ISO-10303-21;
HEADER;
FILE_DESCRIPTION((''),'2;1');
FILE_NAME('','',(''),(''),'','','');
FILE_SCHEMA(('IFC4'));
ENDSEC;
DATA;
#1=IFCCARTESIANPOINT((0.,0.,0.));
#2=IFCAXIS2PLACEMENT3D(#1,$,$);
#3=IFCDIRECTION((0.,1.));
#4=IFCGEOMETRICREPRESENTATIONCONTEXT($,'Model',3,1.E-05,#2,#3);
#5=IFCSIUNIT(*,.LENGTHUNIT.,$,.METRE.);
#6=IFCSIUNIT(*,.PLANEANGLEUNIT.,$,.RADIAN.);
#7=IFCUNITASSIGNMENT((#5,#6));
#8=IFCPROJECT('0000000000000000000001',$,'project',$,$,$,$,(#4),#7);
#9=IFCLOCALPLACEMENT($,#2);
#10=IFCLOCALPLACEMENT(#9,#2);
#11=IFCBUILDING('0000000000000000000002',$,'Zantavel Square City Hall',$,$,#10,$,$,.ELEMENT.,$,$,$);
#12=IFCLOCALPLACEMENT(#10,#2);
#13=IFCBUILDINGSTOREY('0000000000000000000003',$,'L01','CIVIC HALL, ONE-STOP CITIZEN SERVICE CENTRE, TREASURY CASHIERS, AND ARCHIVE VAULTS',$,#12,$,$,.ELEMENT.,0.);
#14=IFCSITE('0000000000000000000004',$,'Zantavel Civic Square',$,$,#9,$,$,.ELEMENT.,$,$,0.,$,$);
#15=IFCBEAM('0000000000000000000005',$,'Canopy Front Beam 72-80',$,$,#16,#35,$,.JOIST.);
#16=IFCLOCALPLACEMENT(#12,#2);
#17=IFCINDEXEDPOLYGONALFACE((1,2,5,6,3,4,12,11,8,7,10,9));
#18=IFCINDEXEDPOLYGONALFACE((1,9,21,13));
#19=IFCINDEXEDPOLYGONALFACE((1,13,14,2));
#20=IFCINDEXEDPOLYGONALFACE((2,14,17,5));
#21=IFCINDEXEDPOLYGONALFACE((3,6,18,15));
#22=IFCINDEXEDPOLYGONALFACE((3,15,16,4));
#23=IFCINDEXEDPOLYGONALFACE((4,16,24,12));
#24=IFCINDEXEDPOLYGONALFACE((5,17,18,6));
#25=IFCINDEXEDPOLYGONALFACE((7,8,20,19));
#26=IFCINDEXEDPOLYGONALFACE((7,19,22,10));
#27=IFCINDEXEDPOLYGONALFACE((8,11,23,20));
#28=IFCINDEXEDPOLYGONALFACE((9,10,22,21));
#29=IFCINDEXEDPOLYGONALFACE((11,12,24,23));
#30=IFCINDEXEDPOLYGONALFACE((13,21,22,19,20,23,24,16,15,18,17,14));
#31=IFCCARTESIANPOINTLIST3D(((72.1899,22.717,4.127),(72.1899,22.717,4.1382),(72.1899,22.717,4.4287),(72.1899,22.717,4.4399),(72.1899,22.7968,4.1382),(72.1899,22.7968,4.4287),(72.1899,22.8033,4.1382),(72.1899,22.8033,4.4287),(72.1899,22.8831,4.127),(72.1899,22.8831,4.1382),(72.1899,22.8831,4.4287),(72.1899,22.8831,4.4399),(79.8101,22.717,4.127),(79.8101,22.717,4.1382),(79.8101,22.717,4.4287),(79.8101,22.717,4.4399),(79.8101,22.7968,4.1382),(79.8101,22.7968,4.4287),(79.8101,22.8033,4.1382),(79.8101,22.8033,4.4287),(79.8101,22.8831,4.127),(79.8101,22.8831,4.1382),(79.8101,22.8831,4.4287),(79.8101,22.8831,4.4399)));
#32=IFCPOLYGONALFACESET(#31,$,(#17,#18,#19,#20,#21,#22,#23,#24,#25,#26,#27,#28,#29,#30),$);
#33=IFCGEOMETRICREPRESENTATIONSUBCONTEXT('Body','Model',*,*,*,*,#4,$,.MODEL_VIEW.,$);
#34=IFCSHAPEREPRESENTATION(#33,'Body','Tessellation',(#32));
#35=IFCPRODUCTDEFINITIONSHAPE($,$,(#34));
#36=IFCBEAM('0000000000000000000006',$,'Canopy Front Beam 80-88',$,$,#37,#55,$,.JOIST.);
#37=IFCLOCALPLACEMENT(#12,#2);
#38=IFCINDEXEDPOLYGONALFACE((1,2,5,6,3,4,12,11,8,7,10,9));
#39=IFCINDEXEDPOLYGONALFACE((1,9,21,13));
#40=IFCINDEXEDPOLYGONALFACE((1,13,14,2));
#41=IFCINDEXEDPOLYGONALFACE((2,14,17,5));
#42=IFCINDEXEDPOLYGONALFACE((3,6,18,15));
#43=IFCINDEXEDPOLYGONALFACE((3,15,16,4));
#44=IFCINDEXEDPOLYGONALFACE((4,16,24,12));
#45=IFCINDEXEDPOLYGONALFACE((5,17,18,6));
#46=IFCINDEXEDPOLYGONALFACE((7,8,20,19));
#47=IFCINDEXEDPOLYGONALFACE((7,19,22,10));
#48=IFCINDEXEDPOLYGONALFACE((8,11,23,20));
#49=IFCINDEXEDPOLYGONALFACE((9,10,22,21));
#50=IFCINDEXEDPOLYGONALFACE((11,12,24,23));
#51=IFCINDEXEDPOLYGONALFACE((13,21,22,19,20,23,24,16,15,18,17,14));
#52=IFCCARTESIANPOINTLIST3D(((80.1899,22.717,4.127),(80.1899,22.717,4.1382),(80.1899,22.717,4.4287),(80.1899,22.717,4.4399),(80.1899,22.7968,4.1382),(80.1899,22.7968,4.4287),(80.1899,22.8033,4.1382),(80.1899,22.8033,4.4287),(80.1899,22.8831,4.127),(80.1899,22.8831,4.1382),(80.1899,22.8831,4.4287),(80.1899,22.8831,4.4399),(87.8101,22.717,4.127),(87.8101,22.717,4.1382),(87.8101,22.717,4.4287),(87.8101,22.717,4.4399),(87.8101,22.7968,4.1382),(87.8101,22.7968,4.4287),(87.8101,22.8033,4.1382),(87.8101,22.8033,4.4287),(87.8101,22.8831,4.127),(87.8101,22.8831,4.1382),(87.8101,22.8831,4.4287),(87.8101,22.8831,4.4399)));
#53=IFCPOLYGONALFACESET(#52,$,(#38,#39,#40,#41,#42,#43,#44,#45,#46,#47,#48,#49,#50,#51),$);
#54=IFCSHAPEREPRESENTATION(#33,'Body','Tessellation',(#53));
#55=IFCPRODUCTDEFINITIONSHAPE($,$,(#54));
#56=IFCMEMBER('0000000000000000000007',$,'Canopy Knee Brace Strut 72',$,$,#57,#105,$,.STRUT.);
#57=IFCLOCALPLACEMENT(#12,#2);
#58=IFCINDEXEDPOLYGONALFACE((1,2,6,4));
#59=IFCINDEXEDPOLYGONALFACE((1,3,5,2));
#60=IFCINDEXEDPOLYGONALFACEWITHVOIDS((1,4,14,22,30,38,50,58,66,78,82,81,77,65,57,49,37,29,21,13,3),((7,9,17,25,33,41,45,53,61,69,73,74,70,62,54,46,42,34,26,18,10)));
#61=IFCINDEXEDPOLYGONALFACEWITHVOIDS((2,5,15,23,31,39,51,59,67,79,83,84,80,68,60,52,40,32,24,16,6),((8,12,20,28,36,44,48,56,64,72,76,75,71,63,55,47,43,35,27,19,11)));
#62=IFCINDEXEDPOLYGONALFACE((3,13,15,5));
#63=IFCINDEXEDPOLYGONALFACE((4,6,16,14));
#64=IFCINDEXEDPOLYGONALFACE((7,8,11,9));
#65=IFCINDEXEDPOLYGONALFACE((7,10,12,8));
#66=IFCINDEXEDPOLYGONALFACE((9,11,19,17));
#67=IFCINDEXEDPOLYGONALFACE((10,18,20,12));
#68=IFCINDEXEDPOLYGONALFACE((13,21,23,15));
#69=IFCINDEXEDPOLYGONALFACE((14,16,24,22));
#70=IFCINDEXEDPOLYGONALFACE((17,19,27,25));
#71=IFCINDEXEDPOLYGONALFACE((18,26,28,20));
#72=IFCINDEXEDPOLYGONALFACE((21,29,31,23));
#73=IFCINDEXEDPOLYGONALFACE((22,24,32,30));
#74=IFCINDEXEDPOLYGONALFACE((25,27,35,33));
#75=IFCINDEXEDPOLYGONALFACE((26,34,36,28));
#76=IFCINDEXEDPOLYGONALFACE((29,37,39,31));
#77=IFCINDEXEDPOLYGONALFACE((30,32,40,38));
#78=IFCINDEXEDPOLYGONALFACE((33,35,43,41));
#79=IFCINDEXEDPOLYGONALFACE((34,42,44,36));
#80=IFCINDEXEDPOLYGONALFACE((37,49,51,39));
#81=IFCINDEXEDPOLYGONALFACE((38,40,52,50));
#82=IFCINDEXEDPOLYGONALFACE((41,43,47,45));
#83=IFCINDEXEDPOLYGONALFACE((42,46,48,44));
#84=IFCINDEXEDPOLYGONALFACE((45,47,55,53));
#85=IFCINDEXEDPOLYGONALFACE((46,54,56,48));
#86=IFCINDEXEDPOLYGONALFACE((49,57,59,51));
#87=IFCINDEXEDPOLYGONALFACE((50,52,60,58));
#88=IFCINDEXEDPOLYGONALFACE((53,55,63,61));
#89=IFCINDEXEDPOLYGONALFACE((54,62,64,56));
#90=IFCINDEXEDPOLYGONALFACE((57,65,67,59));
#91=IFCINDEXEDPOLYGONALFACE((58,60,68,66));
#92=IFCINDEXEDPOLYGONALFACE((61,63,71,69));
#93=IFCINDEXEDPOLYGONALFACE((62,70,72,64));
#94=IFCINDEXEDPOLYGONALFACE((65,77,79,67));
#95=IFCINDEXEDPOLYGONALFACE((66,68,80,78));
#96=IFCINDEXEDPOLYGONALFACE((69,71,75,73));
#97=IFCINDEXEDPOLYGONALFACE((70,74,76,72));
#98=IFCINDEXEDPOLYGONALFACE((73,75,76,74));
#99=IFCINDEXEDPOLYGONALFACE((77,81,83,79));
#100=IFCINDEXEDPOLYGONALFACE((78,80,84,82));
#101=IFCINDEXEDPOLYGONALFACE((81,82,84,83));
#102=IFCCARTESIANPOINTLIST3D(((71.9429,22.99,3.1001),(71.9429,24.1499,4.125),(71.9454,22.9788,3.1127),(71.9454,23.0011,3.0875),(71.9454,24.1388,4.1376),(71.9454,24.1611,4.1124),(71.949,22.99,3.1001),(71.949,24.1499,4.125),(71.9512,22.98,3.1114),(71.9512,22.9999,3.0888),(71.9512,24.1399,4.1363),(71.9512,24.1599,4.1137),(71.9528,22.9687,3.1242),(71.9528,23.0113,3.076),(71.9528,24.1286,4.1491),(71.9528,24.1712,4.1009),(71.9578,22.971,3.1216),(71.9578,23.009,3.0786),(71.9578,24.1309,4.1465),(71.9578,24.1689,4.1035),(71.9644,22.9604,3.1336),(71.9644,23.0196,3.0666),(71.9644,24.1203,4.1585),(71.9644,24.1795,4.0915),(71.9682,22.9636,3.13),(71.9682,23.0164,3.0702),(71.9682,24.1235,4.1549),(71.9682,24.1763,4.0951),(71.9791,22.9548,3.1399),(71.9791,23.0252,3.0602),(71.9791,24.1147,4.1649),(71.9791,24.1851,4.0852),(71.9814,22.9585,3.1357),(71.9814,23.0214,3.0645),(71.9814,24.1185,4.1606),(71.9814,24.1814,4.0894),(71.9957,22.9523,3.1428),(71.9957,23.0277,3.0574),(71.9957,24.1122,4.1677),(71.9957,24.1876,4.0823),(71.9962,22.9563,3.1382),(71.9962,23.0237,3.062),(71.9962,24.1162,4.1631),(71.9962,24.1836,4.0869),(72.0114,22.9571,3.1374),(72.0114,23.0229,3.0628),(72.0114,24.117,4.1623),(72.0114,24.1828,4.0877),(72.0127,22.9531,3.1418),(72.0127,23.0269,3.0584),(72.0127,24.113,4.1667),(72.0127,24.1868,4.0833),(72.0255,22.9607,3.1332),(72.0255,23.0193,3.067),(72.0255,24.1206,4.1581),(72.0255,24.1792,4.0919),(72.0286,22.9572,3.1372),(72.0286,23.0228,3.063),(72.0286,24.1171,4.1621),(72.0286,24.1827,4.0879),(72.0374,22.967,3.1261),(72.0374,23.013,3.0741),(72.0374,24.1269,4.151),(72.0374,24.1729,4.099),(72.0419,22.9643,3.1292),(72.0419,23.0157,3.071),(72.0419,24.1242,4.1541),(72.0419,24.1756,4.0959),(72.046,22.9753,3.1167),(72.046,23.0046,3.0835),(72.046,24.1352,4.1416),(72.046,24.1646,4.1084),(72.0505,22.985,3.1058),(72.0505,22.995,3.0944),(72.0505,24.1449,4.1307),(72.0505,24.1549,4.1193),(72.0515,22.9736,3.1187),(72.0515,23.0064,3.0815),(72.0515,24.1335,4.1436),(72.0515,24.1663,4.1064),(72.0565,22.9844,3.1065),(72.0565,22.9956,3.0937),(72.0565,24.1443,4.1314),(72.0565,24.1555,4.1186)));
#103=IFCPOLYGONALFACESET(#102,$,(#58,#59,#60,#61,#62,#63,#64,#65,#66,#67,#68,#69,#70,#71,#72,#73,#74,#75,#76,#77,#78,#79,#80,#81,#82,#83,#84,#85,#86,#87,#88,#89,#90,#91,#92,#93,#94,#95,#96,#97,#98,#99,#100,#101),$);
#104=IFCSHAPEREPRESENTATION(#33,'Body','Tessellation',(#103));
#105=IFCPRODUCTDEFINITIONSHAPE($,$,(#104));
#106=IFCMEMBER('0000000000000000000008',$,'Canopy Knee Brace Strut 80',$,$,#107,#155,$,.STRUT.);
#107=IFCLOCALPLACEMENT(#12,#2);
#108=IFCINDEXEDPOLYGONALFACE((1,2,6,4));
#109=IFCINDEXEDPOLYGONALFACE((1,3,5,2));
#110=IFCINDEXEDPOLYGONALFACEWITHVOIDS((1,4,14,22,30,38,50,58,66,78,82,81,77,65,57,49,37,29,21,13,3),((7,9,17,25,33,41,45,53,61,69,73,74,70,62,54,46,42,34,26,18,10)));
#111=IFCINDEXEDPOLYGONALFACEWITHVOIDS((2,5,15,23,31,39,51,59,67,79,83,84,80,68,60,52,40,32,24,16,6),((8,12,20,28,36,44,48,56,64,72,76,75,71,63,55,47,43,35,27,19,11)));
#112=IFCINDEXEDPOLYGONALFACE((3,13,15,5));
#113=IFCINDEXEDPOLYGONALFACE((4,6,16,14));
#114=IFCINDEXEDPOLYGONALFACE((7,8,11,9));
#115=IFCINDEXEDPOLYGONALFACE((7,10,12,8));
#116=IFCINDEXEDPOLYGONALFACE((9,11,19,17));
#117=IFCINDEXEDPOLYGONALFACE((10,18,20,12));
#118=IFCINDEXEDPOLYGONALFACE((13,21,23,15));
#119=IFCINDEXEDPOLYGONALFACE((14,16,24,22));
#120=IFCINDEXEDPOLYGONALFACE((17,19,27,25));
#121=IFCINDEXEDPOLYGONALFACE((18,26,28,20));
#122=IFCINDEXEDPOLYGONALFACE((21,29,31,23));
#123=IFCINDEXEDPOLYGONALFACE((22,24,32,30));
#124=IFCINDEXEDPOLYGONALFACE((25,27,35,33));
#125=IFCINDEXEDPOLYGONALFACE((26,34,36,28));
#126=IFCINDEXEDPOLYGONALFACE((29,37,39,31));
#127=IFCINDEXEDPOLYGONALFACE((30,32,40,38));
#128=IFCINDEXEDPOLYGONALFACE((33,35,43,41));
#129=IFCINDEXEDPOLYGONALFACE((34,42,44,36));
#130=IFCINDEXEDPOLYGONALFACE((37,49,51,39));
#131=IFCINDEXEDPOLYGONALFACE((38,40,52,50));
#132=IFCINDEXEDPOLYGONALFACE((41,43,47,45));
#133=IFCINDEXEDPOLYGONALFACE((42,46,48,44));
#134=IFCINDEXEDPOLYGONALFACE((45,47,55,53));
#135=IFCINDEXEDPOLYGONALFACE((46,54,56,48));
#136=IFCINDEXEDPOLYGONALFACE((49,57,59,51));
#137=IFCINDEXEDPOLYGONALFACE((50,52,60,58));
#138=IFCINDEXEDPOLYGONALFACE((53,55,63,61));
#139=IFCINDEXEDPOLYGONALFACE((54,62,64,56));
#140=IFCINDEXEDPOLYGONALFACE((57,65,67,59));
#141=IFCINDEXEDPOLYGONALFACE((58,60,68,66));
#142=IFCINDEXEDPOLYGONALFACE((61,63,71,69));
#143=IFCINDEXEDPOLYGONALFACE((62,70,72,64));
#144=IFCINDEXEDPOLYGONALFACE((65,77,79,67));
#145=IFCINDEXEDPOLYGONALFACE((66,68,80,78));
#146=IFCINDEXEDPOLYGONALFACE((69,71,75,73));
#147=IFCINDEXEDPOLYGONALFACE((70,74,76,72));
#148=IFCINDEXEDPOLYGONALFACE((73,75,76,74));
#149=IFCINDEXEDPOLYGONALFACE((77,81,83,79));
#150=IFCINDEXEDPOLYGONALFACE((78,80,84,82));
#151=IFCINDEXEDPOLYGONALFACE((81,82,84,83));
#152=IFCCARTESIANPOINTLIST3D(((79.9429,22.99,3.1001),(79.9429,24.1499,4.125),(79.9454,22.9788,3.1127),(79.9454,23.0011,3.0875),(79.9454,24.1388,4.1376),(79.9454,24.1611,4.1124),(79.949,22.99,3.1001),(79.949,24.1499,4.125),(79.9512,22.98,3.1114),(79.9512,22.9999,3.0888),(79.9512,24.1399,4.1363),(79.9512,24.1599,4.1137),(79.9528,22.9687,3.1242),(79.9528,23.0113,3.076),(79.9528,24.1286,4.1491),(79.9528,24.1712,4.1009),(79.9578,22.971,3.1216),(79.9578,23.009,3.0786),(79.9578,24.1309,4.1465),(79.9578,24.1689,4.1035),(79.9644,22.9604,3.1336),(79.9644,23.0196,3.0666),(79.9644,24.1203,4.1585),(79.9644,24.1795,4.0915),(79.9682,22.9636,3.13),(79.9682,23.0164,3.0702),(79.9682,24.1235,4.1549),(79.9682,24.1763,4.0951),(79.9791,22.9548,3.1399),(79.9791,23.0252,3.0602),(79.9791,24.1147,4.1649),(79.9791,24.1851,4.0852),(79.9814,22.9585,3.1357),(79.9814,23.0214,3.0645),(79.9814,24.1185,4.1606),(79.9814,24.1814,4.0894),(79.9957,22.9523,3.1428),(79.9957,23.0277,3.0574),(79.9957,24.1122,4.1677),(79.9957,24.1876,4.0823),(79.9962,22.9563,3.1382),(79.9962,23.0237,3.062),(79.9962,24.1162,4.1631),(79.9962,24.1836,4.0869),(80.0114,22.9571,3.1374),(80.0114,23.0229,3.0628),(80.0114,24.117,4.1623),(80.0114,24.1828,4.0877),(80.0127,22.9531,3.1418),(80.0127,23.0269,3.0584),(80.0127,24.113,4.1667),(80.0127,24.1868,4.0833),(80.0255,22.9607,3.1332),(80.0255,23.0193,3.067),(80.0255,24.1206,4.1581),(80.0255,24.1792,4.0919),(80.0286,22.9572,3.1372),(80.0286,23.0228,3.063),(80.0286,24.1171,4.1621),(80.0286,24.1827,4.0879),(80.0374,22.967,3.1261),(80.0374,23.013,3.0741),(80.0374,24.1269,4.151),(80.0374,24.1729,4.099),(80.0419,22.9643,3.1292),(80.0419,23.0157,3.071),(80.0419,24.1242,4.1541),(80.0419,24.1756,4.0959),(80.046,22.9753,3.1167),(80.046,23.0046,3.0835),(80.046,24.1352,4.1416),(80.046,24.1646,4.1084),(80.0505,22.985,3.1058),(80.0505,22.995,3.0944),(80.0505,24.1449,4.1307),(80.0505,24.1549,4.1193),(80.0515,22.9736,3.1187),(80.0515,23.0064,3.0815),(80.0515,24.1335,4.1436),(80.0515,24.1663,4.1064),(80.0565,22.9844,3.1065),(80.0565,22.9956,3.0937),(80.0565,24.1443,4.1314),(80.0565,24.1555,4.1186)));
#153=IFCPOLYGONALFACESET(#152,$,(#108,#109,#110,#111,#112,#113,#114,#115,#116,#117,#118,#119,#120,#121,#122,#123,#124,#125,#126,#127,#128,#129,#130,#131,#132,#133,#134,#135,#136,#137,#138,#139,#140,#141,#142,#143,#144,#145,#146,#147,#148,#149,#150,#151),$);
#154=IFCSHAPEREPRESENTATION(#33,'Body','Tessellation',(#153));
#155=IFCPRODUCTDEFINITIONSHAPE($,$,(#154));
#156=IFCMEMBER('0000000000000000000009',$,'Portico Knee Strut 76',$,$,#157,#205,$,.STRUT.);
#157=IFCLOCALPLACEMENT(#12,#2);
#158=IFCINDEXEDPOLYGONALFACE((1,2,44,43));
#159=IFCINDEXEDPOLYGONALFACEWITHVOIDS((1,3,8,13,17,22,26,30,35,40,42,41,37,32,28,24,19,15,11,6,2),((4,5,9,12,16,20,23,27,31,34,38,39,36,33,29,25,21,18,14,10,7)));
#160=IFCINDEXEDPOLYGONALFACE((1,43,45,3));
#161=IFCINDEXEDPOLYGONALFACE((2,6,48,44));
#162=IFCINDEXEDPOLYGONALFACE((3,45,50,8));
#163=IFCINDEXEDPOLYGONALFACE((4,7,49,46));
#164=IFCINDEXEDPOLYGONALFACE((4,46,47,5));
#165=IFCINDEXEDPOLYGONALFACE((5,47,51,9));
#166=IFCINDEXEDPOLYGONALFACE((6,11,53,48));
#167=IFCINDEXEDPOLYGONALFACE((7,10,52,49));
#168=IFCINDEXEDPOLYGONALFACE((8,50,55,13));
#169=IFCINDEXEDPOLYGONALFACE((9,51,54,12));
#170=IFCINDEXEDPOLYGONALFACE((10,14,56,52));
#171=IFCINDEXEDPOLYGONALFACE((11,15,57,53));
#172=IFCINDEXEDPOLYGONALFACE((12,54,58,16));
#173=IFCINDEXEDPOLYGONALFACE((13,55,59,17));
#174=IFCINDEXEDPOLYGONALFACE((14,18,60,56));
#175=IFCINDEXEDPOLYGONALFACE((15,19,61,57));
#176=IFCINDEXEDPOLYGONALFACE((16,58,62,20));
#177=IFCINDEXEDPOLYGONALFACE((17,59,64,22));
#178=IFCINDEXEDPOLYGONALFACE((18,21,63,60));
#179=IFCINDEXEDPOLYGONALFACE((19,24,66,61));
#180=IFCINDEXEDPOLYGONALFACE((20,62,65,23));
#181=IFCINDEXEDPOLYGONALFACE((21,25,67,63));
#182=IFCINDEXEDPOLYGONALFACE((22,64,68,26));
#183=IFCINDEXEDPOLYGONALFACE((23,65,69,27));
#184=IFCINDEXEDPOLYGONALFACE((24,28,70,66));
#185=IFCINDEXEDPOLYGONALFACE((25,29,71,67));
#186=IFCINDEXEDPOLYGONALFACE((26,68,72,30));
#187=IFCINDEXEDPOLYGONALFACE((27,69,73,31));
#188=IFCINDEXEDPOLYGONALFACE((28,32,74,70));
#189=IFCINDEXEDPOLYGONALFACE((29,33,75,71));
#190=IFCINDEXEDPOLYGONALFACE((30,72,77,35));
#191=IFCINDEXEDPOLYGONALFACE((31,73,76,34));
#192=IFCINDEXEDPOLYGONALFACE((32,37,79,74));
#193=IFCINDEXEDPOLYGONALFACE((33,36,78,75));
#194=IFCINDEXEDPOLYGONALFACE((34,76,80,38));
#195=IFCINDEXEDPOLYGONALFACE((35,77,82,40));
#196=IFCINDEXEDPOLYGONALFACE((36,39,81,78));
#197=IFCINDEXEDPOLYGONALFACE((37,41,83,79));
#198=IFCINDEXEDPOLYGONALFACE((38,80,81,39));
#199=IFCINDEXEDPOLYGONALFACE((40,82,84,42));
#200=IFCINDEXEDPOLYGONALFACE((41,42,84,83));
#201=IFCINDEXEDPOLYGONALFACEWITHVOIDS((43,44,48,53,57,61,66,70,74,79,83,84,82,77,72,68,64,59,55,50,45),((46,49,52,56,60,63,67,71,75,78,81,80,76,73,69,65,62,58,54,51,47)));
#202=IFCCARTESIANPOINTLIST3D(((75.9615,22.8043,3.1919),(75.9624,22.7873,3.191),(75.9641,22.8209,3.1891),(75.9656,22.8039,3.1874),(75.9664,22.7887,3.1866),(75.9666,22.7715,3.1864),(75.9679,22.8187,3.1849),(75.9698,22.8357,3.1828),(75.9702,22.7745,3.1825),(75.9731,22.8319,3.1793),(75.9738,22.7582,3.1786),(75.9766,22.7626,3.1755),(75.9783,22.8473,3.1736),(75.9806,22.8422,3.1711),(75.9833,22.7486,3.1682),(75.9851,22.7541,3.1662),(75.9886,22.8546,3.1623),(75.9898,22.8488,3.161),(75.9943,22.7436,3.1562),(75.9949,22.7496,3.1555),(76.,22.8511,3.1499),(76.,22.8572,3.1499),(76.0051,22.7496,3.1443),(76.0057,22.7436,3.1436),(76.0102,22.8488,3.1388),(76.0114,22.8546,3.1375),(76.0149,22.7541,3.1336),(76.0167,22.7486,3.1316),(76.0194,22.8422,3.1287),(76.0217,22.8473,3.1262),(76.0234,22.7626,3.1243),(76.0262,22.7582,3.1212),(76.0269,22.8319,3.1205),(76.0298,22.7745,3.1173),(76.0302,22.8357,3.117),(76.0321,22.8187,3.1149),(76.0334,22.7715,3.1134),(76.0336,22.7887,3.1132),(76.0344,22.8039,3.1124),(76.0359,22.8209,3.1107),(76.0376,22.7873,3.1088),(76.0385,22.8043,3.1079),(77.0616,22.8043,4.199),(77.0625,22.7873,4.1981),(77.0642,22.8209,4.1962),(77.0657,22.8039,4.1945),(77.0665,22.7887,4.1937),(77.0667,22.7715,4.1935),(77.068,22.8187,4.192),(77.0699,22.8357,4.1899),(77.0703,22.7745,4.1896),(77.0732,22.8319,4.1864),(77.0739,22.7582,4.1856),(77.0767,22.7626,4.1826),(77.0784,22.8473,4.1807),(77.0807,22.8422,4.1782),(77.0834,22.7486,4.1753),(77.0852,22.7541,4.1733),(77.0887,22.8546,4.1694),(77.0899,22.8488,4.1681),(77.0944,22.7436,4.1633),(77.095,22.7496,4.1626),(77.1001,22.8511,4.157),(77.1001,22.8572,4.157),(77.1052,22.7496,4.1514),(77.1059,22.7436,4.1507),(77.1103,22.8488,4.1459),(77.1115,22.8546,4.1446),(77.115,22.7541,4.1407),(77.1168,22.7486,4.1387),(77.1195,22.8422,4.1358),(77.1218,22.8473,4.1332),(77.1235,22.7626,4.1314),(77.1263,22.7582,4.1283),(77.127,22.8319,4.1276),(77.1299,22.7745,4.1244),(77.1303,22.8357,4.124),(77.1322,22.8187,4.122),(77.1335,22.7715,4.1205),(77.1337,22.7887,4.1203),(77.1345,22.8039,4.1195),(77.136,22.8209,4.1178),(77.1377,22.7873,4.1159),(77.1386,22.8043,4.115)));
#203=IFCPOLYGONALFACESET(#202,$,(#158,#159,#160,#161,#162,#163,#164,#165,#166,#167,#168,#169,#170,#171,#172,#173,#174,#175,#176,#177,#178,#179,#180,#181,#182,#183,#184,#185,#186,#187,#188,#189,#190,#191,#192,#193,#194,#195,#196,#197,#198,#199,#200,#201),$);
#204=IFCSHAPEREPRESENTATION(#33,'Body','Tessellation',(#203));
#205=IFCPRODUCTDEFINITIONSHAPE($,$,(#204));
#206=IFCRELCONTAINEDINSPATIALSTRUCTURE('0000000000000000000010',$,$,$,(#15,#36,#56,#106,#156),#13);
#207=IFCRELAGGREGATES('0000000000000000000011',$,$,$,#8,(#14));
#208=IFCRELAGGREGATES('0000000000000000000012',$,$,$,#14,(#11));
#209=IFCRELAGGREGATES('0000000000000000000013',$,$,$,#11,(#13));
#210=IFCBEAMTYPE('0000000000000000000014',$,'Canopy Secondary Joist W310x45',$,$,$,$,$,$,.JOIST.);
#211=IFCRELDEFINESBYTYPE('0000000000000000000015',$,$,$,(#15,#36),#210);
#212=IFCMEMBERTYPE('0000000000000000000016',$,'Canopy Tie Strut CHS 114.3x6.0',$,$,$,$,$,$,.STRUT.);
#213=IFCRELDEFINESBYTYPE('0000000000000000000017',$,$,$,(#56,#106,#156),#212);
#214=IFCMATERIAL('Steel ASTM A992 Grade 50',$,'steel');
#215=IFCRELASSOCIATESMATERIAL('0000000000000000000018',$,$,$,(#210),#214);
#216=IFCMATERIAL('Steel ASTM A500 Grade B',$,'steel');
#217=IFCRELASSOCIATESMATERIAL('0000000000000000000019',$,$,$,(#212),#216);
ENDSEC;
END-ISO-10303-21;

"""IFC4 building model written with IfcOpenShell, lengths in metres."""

from ifc_helpers import new_model, si_unit, direction, frame, origin, origin_2d, place, context, subcontext, project, spatial, hollow_circle, i_section, extrude, material, material_profile, profile_set, type_object, element, save


model = new_model("IFC4")

# Units and contexts
model_context = context("Model", 3, precision=1e-05, world=origin(), true_north=direction((0.0, 1.0)))
body_context = subcontext(model_context, "Body", "Model", "MODEL_VIEW")
ifc_project = project(units=[si_unit("LENGTHUNIT", "METRE"), si_unit("PLANEANGLEUNIT", "RADIAN")], contexts=[model_context])

# Site, building, storey
site_placement = place(None, origin())
site = spatial("IfcSite", under=ifc_project, at=site_placement, Name="Zantavel Civic Square", CompositionType="ELEMENT", RefElevation=0.0)
building_placement = place(site_placement, origin())
building = spatial("IfcBuilding", under=site, at=building_placement, Name="Zantavel Square City Hall", CompositionType="ELEMENT")
storey_placement = place(building_placement, origin())
storey = spatial("IfcBuildingStorey", under=building, at=storey_placement, Name="L01", Description="CIVIC HALL, ONE-STOP CITIZEN SERVICE CENTRE, TREASURY CASHIERS, AND ARCHIVE VAULTS", CompositionType="ELEMENT", Elevation=0.0)

# Shared definitions
ifc_material_1 = material(Name="Steel ASTM A992 Grade 50", Category="steel")

# Beams
ifc_material_profile_1 = material_profile(ifc_material_1, i_section(OverallWidth=0.166, OverallDepth=0.313, WebThickness=0.0066, FlangeThickness=0.0112, at=origin_2d()), Name="W310x45")
ifc_profile_set_1 = profile_set([ifc_material_profile_1], Name="Steel ASTM A992 Grade 50")
beam_type_1 = type_object("IfcBeamType", Name="Canopy Secondary Joist W310x45", PredefinedType="JOIST", material=ifc_profile_set_1)
for number, where, z_axis, x_axis, name in (
    (1, (72.1899, 22.8, 4.2834), (1.0, 0.0, 0.0), (0.0, 1.0, 0.0), "Canopy Front Beam 72-80"),
    (2, (80.1899, 22.8, 4.2834), (1.0, 0.0, 0.0), (0.0, 1.0, 0.0), "Canopy Front Beam 80-88"),
):
    element("IfcBeam", number, at=place(storey_placement, frame(where, z_axis=z_axis, x_axis=x_axis)), inside=storey, type_object=beam_type_1, Name=name, PredefinedType="JOIST", context=body_context, shape_type="SweptSolid", body=[
        extrude(i_section(OverallWidth=0.166, OverallDepth=0.313, WebThickness=0.0066, FlangeThickness=0.0112, at=origin_2d()), origin(), (0.0, 0.0, 1.0), 7.6201),
    ])

# Members
ifc_material_2 = material(Name="Steel ASTM A500 Grade B", Category="steel")
ifc_material_profile_2 = material_profile(ifc_material_2, hollow_circle(Radius=0.0571, WallThickness=0.0061, at=origin_2d()), Name="CHS 114.3x6.0")
ifc_profile_set_2 = profile_set([ifc_material_profile_2], Name="Steel ASTM A500 Grade B")
member_type_1 = type_object("IfcMemberType", Name="Canopy Tie Strut CHS 114.3x6.0", PredefinedType="STRUT", material=ifc_profile_set_2)
for number, where, z_axis, x_axis, name in (
    (3, (72.0, 22.99, 3.1001), (0.0, 0.749373, 0.662148), (-1.0, 0.0, 0.0), "Canopy Knee Brace Strut 72"),
    (4, (80.0, 22.99, 3.1001), (0.0, 0.749373, 0.662148), (-1.0, 0.0, 0.0), "Canopy Knee Brace Strut 80"),
):
    element("IfcMember", number, at=place(storey_placement, frame(where, z_axis=z_axis, x_axis=x_axis)), inside=storey, type_object=member_type_1, Name=name, PredefinedType="STRUT", context=body_context, shape_type="SweptSolid", body=[
        extrude(hollow_circle(Radius=0.0571, WallThickness=0.0061, at=origin_2d()), origin(), (0.0, 0.0, 1.0), 1.5479),
    ])
member_1_placement = place(storey_placement, frame((76.0, 22.8, 3.1499), z_axis=(0.737602, 0.0, 0.675235), x_axis=(0.0, 1.0, 0.0)))
element("IfcMember", 5, at=member_1_placement, inside=storey, type_object=member_type_1, Name="Portico Knee Strut 76", PredefinedType="STRUT", context=body_context, shape_type="SweptSolid", body=[
    extrude(hollow_circle(Radius=0.0571, WallThickness=0.0061, at=origin_2d()), origin(), (0.0, 0.0, 1.0), 1.4915),
])

save(model, "model.ifc")
